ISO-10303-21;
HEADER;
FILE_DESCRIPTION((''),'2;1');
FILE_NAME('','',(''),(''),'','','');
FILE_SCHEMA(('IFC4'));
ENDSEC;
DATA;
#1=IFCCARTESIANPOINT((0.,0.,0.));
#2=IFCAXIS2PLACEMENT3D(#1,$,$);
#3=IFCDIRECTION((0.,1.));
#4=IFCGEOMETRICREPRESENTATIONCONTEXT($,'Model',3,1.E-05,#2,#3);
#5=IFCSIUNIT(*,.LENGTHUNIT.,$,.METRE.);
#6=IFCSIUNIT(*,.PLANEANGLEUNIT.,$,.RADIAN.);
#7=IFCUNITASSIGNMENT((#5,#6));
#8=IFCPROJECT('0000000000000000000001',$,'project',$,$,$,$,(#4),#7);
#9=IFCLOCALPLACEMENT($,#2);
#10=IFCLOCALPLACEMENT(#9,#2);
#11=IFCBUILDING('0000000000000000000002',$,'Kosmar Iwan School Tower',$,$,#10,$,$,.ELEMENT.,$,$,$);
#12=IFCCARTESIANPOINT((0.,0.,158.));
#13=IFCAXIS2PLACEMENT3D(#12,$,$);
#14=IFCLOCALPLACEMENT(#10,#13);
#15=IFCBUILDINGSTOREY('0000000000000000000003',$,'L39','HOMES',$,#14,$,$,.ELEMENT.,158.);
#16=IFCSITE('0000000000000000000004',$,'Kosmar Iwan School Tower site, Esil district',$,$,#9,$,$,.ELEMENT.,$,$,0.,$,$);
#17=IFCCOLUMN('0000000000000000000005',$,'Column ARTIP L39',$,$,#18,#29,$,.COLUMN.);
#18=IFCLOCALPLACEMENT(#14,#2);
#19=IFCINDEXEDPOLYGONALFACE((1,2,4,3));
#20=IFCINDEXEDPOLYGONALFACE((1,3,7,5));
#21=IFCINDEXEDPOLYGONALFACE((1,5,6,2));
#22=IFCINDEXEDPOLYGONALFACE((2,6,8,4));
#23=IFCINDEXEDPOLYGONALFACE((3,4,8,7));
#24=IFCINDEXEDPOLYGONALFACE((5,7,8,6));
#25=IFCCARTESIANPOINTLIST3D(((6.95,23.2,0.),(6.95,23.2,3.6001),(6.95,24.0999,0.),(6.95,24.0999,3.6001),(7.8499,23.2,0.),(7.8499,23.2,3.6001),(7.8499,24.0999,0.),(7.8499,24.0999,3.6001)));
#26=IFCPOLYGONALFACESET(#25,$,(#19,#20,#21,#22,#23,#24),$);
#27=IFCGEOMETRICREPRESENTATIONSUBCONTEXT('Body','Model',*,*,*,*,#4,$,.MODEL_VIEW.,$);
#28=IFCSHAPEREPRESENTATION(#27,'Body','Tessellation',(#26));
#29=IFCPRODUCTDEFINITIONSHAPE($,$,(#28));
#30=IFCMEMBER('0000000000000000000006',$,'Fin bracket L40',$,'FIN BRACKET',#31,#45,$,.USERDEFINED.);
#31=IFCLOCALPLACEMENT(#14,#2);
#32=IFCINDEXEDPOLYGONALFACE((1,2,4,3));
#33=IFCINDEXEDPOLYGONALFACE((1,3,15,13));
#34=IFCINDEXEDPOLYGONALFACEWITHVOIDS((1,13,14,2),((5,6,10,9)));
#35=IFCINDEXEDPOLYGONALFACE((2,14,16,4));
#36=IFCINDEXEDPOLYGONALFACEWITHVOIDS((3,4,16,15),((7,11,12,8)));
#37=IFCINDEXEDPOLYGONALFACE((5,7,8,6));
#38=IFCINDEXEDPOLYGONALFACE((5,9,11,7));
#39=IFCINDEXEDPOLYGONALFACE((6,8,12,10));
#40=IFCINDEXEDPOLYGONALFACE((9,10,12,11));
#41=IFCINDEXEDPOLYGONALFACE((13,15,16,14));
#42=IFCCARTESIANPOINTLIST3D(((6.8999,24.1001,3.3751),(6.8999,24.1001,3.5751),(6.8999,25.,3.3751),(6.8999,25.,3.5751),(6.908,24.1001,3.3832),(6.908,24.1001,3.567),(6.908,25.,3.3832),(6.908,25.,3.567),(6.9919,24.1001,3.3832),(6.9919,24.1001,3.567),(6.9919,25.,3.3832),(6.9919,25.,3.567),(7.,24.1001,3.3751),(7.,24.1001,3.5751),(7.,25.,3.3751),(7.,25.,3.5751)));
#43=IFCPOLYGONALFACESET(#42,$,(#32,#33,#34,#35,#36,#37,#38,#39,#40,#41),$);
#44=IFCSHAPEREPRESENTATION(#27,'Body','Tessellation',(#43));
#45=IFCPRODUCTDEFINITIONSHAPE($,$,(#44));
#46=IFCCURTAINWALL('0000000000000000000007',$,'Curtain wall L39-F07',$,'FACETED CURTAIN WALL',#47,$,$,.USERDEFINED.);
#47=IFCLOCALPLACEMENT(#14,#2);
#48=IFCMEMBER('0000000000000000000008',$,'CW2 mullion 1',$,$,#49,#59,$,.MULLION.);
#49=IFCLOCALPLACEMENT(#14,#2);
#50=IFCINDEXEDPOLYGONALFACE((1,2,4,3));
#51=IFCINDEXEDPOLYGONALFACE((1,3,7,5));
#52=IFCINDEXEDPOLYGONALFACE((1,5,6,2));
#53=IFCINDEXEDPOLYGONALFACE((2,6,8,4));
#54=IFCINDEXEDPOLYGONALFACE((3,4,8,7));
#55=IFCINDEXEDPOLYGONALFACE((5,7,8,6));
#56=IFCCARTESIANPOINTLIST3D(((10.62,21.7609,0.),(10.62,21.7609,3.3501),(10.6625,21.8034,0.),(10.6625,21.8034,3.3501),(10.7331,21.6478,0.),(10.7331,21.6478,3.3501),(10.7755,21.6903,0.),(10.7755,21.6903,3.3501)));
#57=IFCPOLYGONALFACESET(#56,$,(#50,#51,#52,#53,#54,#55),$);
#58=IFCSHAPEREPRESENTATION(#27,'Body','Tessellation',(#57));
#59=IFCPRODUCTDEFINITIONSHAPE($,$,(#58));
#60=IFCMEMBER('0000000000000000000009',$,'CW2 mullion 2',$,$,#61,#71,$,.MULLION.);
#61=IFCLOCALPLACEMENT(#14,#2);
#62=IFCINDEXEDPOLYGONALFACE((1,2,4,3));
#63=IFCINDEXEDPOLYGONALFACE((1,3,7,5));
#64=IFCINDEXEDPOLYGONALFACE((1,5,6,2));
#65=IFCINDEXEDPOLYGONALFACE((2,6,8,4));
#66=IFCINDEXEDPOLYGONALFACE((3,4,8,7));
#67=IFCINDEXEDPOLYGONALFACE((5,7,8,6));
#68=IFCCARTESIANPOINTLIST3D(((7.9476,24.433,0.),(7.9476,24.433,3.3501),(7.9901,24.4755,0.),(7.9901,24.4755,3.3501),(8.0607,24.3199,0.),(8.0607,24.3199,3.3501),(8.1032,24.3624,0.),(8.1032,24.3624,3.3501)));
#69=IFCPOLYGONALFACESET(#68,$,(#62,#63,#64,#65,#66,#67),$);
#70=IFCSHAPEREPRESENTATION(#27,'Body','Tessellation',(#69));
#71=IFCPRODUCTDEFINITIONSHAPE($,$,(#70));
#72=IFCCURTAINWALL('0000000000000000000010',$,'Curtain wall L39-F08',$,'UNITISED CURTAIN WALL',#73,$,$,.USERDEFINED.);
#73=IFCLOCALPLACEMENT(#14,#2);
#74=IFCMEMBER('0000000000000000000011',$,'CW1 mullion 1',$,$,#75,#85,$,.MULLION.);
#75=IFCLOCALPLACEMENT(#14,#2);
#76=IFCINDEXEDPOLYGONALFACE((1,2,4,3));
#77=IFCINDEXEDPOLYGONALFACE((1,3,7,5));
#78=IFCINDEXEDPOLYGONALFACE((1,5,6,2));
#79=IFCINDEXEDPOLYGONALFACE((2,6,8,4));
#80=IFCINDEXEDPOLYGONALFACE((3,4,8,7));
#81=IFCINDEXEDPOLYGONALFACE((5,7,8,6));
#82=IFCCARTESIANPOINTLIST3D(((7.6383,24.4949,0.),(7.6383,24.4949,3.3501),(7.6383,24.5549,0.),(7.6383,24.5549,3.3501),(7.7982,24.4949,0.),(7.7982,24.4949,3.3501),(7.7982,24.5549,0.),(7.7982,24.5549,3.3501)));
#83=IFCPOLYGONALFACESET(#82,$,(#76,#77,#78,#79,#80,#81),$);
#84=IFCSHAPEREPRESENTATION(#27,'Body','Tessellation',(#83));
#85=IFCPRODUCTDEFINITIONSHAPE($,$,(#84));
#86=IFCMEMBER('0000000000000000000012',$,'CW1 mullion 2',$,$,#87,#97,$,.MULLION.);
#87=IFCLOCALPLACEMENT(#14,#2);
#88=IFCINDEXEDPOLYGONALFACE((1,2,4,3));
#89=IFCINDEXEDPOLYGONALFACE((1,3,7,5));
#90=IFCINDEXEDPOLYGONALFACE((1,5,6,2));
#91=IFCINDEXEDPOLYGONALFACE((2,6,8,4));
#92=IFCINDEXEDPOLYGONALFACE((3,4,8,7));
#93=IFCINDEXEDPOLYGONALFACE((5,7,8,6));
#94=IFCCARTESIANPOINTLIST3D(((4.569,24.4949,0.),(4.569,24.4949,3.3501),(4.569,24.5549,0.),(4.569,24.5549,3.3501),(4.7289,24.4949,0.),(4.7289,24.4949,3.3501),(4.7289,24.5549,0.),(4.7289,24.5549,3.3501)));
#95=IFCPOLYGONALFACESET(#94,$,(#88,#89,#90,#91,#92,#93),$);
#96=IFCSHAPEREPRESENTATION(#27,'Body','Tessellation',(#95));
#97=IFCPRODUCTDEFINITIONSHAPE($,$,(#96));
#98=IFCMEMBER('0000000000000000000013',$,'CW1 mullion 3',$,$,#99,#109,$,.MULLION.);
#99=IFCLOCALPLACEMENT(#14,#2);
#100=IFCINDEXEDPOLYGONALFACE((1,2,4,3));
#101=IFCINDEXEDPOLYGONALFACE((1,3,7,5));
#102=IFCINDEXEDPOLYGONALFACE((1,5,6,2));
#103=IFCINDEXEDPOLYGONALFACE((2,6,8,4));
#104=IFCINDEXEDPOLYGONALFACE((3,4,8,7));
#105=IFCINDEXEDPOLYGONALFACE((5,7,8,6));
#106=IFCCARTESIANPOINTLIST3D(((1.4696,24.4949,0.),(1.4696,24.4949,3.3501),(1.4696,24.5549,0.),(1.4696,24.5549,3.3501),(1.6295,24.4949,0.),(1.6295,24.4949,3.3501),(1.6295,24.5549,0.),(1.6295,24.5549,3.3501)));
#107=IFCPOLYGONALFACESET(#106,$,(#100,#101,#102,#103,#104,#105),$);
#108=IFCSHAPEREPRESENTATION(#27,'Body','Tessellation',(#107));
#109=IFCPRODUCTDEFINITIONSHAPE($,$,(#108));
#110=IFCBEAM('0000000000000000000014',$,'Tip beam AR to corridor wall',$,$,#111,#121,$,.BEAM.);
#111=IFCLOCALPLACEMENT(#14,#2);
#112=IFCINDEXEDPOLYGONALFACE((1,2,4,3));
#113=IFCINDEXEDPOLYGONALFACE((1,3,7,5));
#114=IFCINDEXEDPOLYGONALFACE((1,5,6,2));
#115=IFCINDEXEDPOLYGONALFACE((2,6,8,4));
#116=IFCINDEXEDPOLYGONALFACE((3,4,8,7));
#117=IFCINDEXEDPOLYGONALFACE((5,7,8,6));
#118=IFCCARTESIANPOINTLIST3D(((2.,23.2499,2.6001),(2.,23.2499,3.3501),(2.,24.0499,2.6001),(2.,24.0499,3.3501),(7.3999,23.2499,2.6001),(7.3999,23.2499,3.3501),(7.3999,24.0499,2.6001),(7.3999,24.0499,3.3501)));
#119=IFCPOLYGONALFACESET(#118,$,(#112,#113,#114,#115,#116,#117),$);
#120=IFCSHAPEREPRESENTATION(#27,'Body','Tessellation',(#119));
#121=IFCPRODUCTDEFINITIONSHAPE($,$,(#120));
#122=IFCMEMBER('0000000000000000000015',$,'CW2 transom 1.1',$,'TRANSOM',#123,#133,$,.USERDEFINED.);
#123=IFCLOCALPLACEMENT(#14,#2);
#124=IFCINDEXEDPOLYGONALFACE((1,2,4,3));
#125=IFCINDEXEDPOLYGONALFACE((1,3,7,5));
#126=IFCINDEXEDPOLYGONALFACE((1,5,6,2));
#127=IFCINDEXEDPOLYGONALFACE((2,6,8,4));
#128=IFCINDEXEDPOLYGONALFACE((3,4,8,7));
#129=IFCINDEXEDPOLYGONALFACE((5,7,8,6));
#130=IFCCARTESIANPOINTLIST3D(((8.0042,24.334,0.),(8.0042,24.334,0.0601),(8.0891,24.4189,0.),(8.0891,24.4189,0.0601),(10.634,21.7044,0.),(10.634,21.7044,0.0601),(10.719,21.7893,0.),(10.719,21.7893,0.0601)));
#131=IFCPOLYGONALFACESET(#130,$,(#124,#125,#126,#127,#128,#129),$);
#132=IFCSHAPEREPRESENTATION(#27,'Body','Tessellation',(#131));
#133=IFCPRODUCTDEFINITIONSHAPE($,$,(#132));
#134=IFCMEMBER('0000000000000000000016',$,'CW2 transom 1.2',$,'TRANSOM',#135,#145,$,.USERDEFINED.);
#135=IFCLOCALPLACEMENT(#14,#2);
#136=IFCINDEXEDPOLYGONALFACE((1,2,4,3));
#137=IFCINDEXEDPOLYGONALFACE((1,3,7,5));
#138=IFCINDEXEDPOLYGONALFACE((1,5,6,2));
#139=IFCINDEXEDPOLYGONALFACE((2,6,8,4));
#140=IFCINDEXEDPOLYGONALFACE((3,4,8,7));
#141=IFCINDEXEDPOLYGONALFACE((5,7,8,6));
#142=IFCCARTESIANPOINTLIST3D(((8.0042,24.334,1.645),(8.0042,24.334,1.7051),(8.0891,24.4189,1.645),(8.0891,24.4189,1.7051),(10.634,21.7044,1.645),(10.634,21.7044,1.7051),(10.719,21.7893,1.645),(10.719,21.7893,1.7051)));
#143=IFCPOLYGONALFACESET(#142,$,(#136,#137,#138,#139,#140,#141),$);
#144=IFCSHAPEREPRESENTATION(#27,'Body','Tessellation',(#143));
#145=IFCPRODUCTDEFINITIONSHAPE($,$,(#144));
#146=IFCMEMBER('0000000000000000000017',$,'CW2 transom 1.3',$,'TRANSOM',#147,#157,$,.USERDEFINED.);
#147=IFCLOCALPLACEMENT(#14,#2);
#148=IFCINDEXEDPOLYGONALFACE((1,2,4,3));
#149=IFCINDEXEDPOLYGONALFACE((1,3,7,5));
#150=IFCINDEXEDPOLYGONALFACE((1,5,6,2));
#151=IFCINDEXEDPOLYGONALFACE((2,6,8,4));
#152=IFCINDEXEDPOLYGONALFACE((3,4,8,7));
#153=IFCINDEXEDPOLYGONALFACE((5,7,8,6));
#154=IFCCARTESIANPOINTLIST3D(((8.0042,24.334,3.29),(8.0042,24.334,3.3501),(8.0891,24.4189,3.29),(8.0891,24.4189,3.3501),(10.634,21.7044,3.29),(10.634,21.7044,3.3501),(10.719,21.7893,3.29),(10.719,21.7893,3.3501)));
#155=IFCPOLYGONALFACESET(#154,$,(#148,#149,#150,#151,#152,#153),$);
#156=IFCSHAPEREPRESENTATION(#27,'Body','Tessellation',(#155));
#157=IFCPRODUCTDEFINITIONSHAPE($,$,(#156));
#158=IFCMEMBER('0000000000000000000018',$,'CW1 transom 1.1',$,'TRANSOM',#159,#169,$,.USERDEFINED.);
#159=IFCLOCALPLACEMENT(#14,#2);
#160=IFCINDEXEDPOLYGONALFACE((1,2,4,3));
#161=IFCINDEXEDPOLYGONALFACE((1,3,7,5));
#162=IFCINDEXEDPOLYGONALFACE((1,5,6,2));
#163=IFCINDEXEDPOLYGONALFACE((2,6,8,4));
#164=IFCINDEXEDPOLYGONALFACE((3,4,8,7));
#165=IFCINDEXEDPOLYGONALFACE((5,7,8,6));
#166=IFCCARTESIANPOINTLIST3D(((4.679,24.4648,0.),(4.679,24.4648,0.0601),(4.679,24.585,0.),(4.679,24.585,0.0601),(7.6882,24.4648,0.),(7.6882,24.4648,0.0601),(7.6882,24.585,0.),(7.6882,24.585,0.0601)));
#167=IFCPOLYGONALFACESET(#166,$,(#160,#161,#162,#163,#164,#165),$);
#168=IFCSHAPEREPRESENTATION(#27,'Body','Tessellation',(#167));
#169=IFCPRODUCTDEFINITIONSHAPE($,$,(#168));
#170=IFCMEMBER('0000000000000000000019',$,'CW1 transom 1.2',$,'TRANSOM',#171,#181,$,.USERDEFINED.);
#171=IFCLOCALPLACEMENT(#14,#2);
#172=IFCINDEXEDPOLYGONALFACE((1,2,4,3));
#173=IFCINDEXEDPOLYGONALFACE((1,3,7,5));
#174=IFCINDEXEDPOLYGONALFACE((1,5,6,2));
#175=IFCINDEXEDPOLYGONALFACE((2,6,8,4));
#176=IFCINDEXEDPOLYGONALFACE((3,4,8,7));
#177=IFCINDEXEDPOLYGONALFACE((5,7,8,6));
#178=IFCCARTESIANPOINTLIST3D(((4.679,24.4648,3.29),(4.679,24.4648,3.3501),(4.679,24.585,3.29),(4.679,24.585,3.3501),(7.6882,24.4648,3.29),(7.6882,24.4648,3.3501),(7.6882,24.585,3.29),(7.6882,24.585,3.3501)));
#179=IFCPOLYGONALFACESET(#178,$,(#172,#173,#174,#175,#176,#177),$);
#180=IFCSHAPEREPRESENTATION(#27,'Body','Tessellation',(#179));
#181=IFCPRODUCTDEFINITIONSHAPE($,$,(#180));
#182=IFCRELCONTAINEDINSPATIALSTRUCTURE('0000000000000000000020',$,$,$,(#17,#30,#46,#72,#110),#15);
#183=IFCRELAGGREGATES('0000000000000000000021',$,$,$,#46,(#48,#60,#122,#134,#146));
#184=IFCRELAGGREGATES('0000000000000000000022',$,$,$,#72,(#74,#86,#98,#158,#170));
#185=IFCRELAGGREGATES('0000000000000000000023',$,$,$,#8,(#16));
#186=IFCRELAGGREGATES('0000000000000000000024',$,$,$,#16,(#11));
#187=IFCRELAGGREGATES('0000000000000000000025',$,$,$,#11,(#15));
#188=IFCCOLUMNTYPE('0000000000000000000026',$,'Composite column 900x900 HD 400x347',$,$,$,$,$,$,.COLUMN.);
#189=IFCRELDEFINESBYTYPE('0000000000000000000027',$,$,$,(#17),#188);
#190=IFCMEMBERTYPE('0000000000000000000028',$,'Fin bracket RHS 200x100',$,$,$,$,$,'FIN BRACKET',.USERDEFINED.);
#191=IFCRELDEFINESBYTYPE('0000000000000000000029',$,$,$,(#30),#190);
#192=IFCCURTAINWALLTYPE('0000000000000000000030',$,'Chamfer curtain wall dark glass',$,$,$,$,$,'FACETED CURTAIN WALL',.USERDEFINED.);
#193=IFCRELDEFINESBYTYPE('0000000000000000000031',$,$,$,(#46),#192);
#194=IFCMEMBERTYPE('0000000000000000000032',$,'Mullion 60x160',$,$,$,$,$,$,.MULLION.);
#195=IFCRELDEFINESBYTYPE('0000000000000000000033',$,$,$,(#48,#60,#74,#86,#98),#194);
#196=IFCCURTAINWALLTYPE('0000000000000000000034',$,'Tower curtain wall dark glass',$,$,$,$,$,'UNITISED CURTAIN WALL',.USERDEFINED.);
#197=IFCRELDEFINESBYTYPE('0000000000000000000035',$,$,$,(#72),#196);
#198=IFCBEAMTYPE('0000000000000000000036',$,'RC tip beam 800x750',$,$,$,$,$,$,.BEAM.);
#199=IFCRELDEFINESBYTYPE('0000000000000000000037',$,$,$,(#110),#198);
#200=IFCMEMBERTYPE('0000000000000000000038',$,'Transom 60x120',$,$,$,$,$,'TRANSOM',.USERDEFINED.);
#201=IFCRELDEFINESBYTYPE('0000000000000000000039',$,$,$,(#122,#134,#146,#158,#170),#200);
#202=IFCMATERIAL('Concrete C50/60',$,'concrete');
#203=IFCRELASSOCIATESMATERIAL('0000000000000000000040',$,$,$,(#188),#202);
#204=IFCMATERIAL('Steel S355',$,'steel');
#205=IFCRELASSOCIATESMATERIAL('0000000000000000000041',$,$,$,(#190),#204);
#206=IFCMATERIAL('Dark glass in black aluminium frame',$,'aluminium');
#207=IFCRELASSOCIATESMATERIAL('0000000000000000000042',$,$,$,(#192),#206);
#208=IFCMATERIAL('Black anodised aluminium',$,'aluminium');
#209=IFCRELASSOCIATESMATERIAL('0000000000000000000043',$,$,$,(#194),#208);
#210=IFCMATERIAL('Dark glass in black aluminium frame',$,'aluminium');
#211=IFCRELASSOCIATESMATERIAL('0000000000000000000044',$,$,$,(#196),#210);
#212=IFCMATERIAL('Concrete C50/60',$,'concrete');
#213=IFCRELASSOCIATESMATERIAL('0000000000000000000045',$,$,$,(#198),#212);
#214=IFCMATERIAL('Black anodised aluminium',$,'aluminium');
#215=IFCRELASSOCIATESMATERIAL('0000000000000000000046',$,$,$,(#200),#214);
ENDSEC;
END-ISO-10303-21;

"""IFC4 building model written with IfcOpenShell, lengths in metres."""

from ifc_helpers import new_model, si_unit, direction, frame, origin, origin_2d, place, context, subcontext, project, spatial, rectangle, hollow_rectangle, extrude, material, material_profile, profile_set, type_object, element, aggregate, save


model = new_model("IFC4")

# Units and contexts
model_context = context("Model", 3, precision=1e-05, world=origin(), true_north=direction((0.0, 1.0)))
body_context = subcontext(model_context, "Body", "Model", "MODEL_VIEW")
ifc_project = project(units=[si_unit("LENGTHUNIT", "METRE"), si_unit("PLANEANGLEUNIT", "RADIAN")], contexts=[model_context])

# Site, building, storey
site_placement = place(None, origin())
site = spatial("IfcSite", under=ifc_project, at=site_placement, Name="Kosmar Iwan School Tower site, Esil district", CompositionType="ELEMENT", RefElevation=0.0)
building_placement = place(site_placement, origin())
building = spatial("IfcBuilding", under=site, at=building_placement, Name="Kosmar Iwan School Tower", CompositionType="ELEMENT")
storey_placement = place(building_placement, frame((0.0, 0.0, 158.0)))
storey = spatial("IfcBuildingStorey", under=building, at=storey_placement, Name="L39", Description="HOMES", CompositionType="ELEMENT", Elevation=158.0)

# Column
ifc_material_1 = material(Name="Concrete C50/60", Category="concrete")
ifc_material_profile_1 = material_profile(ifc_material_1, rectangle(XDim=0.8999, YDim=0.8999, at=origin_2d()), Name="RC 900x900 + HD 400x347")
ifc_profile_set_1 = profile_set([ifc_material_profile_1], Name="Concrete C50/60")
column_type = type_object("IfcColumnType", Name="Composite column 900x900 HD 400x347", PredefinedType="COLUMN", material=ifc_profile_set_1)
column_placement = place(storey_placement, frame((7.3999, 23.6499, 0.0), z_axis=(0.0, 0.0, 1.0), x_axis=(0.0, 1.0, 0.0)))
element("IfcColumn", 1, at=column_placement, inside=storey, type_object=column_type, Name="Column ARTIP L39", PredefinedType="COLUMN", context=body_context, shape_type="SweptSolid", body=[
    extrude(rectangle(XDim=0.8999, YDim=0.8999, at=origin_2d()), origin(), (0.0, 0.0, 1.0), 3.6001),
])

# Member
ifc_material_2 = material(Name="Steel S355", Category="steel")
ifc_material_profile_2 = material_profile(ifc_material_2, hollow_rectangle(XDim=0.1001, YDim=0.2, WallThickness=0.0081, at=origin_2d()), Name="RHS 200x100x8")
ifc_profile_set_2 = profile_set([ifc_material_profile_2], Name="Steel S355")
member_type_1 = type_object("IfcMemberType", Name="Fin bracket RHS 200x100", ElementType="FIN BRACKET", PredefinedType="USERDEFINED", material=ifc_profile_set_2)
member_1_placement = place(storey_placement, frame((6.95, 24.1001, 3.4751), z_axis=(0.0, 1.0, 0.0), x_axis=(-1.0, 0.0, 0.0)))
element("IfcMember", 2, at=member_1_placement, inside=storey, type_object=member_type_1, Name="Fin bracket L40", ObjectType="FIN BRACKET", PredefinedType="USERDEFINED", context=body_context, shape_type="SweptSolid", body=[
    extrude(hollow_rectangle(XDim=0.1001, YDim=0.2, WallThickness=0.0081, at=origin_2d()), origin(), (0.0, 0.0, 1.0), 0.8999),
])

# Curtain walls, members
ifc_material_3 = material(Name="Dark glass in black aluminium frame", Category="aluminium")
curtain_wall_type_1 = type_object("IfcCurtainWallType", Name="Chamfer curtain wall dark glass", ElementType="FACETED CURTAIN WALL", PredefinedType="USERDEFINED", material=ifc_material_3)
curtain_wall_1_placement = place(storey_placement, origin())
curtain_wall_1 = element("IfcCurtainWall", 3, at=curtain_wall_1_placement, inside=storey, type_object=curtain_wall_type_1, Name="Curtain wall L39-F07", ObjectType="FACETED CURTAIN WALL", PredefinedType="USERDEFINED")
ifc_material_4 = material(Name="Black anodised aluminium", Category="aluminium")
ifc_material_profile_3 = material_profile(ifc_material_4, rectangle(XDim=0.0601, YDim=0.1599, at=origin_2d()), Name="MULLION 60x160")
ifc_profile_set_3 = profile_set([ifc_material_profile_3], Name="Black anodised aluminium")
member_type_2 = type_object("IfcMemberType", Name="Mullion 60x160", PredefinedType="MULLION", material=ifc_profile_set_3)
member_2_placement = place(storey_placement, frame((10.6978, 21.7256, 0.0), z_axis=(0.0, 0.0, 1.0), x_axis=(-0.707107, -0.707107, 0.0)))
member_2 = element("IfcMember", 4, at=member_2_placement, type_object=member_type_2, Name="CW2 mullion 1", PredefinedType="MULLION", context=body_context, shape_type="SweptSolid", body=[
    extrude(rectangle(XDim=0.0601, YDim=0.1599, at=origin_2d()), origin(), (0.0, 0.0, 1.0), 3.3501),
])
member_3_placement = place(storey_placement, frame((8.0254, 24.3977, 0.0), z_axis=(0.0, 0.0, 1.0), x_axis=(-0.707107, -0.707107, 0.0)))
member_3 = element("IfcMember", 5, at=member_3_placement, type_object=member_type_2, Name="CW2 mullion 2", PredefinedType="MULLION", context=body_context, shape_type="SweptSolid", body=[
    extrude(rectangle(XDim=0.0601, YDim=0.1599, at=origin_2d()), origin(), (0.0, 0.0, 1.0), 3.3501),
])
ifc_material_5 = material(Name="Dark glass in black aluminium frame", Category="aluminium")
curtain_wall_type_2 = type_object("IfcCurtainWallType", Name="Tower curtain wall dark glass", ElementType="UNITISED CURTAIN WALL", PredefinedType="USERDEFINED", material=ifc_material_5)
curtain_wall_2_placement = place(storey_placement, origin())
curtain_wall_2 = element("IfcCurtainWall", 6, at=curtain_wall_2_placement, inside=storey, type_object=curtain_wall_type_2, Name="Curtain wall L39-F08", ObjectType="UNITISED CURTAIN WALL", PredefinedType="USERDEFINED")
member_4_placement = place(storey_placement, frame((7.7183, 24.5249, 0.0), z_axis=(0.0, 0.0, 1.0), x_axis=(0.0, -1.0, 0.0)))
member_4 = element("IfcMember", 7, at=member_4_placement, type_object=member_type_2, Name="CW1 mullion 1", PredefinedType="MULLION", context=body_context, shape_type="SweptSolid", body=[
    extrude(rectangle(XDim=0.0601, YDim=0.1599, at=origin_2d()), origin(), (0.0, 0.0, 1.0), 3.3501),
])
member_5_placement = place(storey_placement, frame((4.6489, 24.5249, 0.0), z_axis=(0.0, 0.0, 1.0), x_axis=(0.0, -1.0, 0.0)))
member_5 = element("IfcMember", 8, at=member_5_placement, type_object=member_type_2, Name="CW1 mullion 2", PredefinedType="MULLION", context=body_context, shape_type="SweptSolid", body=[
    extrude(rectangle(XDim=0.0601, YDim=0.1599, at=origin_2d()), origin(), (0.0, 0.0, 1.0), 3.3501),
])
member_6_placement = place(storey_placement, frame((1.5496, 24.5249, 0.0), z_axis=(0.0, 0.0, 1.0), x_axis=(0.0, -1.0, 0.0)))
member_6 = element("IfcMember", 9, at=member_6_placement, type_object=member_type_2, Name="CW1 mullion 3", PredefinedType="MULLION", context=body_context, shape_type="SweptSolid", body=[
    extrude(rectangle(XDim=0.0601, YDim=0.1599, at=origin_2d()), origin(), (0.0, 0.0, 1.0), 3.3501),
])

# Beam
ifc_material_6 = material(Name="Concrete C50/60", Category="concrete")
ifc_material_profile_4 = material_profile(ifc_material_6, rectangle(XDim=0.8, YDim=0.75, at=origin_2d()), Name="RC 800x750")
ifc_profile_set_4 = profile_set([ifc_material_profile_4], Name="Concrete C50/60")
beam_type = type_object("IfcBeamType", Name="RC tip beam 800x750", PredefinedType="BEAM", material=ifc_profile_set_4)
beam_placement = place(storey_placement, frame((7.3999, 23.6499, 2.9751), z_axis=(-1.0, 0.0, 0.0), x_axis=(0.0, -1.0, 0.0)))
element("IfcBeam", 10, at=beam_placement, inside=storey, type_object=beam_type, Name="Tip beam AR to corridor wall", PredefinedType="BEAM", context=body_context, shape_type="SweptSolid", body=[
    extrude(rectangle(XDim=0.8, YDim=0.75, at=origin_2d()), origin(), (0.0, 0.0, 1.0), 5.3999),
])

# Members
ifc_material_7 = material(Name="Black anodised aluminium", Category="aluminium")
ifc_material_profile_5 = material_profile(ifc_material_7, rectangle(XDim=0.1201, YDim=0.0601, at=origin_2d()), Name="TRANSOM 60x120")
ifc_profile_set_5 = profile_set([ifc_material_profile_5], Name="Black anodised aluminium")
member_type_3 = type_object("IfcMemberType", Name="Transom 60x120", ElementType="TRANSOM", PredefinedType="USERDEFINED", material=ifc_profile_set_5)
member_7_placement = place(storey_placement, frame((10.6765, 21.7468, 0.03), z_axis=(-0.70714, 0.707074, 0.0), x_axis=(-0.707074, -0.70714, 0.0)))
member_7 = element("IfcMember", 11, at=member_7_placement, type_object=member_type_3, Name="CW2 transom 1.1", ObjectType="TRANSOM", PredefinedType="USERDEFINED", context=body_context, shape_type="SweptSolid", body=[
    extrude(rectangle(XDim=0.1201, YDim=0.0601, at=origin_2d()), origin(), (0.0, 0.0, 1.0), 3.719),
])
member_8_placement = place(storey_placement, frame((10.6765, 21.7468, 1.675), z_axis=(-0.70714, 0.707074, 0.0), x_axis=(-0.707074, -0.70714, 0.0)))
member_8 = element("IfcMember", 12, at=member_8_placement, type_object=member_type_3, Name="CW2 transom 1.2", ObjectType="TRANSOM", PredefinedType="USERDEFINED", context=body_context, shape_type="SweptSolid", body=[
    extrude(rectangle(XDim=0.1201, YDim=0.0601, at=origin_2d()), origin(), (0.0, 0.0, 1.0), 3.719),
])
member_9_placement = place(storey_placement, frame((10.6765, 21.7468, 3.3201), z_axis=(-0.70714, 0.707074, 0.0), x_axis=(-0.707074, -0.70714, 0.0)))
member_9 = element("IfcMember", 13, at=member_9_placement, type_object=member_type_3, Name="CW2 transom 1.3", ObjectType="TRANSOM", PredefinedType="USERDEFINED", context=body_context, shape_type="SweptSolid", body=[
    extrude(rectangle(XDim=0.1201, YDim=0.0601, at=origin_2d()), origin(), (0.0, 0.0, 1.0), 3.719),
])
member_10_placement = place(storey_placement, frame((7.6882, 24.5249, 0.03), z_axis=(-1.0, 0.0, 0.0), x_axis=(0.0, -1.0, 0.0)))
member_10 = element("IfcMember", 14, at=member_10_placement, type_object=member_type_3, Name="CW1 transom 1.1", ObjectType="TRANSOM", PredefinedType="USERDEFINED", context=body_context, shape_type="SweptSolid", body=[
    extrude(rectangle(XDim=0.1201, YDim=0.0601, at=origin_2d()), origin(), (0.0, 0.0, 1.0), 3.0093),
])
member_11_placement = place(storey_placement, frame((7.6882, 24.5249, 3.3201), z_axis=(-1.0, 0.0, 0.0), x_axis=(0.0, -1.0, 0.0)))
member_11 = element("IfcMember", 15, at=member_11_placement, type_object=member_type_3, Name="CW1 transom 1.2", ObjectType="TRANSOM", PredefinedType="USERDEFINED", context=body_context, shape_type="SweptSolid", body=[
    extrude(rectangle(XDim=0.1201, YDim=0.0601, at=origin_2d()), origin(), (0.0, 0.0, 1.0), 3.0093),
])

aggregate(curtain_wall_1, [member_2, member_3, member_7, member_8, member_9])
aggregate(curtain_wall_2, [member_4, member_5, member_6, member_10, member_11])

save(model, "model.ifc")
